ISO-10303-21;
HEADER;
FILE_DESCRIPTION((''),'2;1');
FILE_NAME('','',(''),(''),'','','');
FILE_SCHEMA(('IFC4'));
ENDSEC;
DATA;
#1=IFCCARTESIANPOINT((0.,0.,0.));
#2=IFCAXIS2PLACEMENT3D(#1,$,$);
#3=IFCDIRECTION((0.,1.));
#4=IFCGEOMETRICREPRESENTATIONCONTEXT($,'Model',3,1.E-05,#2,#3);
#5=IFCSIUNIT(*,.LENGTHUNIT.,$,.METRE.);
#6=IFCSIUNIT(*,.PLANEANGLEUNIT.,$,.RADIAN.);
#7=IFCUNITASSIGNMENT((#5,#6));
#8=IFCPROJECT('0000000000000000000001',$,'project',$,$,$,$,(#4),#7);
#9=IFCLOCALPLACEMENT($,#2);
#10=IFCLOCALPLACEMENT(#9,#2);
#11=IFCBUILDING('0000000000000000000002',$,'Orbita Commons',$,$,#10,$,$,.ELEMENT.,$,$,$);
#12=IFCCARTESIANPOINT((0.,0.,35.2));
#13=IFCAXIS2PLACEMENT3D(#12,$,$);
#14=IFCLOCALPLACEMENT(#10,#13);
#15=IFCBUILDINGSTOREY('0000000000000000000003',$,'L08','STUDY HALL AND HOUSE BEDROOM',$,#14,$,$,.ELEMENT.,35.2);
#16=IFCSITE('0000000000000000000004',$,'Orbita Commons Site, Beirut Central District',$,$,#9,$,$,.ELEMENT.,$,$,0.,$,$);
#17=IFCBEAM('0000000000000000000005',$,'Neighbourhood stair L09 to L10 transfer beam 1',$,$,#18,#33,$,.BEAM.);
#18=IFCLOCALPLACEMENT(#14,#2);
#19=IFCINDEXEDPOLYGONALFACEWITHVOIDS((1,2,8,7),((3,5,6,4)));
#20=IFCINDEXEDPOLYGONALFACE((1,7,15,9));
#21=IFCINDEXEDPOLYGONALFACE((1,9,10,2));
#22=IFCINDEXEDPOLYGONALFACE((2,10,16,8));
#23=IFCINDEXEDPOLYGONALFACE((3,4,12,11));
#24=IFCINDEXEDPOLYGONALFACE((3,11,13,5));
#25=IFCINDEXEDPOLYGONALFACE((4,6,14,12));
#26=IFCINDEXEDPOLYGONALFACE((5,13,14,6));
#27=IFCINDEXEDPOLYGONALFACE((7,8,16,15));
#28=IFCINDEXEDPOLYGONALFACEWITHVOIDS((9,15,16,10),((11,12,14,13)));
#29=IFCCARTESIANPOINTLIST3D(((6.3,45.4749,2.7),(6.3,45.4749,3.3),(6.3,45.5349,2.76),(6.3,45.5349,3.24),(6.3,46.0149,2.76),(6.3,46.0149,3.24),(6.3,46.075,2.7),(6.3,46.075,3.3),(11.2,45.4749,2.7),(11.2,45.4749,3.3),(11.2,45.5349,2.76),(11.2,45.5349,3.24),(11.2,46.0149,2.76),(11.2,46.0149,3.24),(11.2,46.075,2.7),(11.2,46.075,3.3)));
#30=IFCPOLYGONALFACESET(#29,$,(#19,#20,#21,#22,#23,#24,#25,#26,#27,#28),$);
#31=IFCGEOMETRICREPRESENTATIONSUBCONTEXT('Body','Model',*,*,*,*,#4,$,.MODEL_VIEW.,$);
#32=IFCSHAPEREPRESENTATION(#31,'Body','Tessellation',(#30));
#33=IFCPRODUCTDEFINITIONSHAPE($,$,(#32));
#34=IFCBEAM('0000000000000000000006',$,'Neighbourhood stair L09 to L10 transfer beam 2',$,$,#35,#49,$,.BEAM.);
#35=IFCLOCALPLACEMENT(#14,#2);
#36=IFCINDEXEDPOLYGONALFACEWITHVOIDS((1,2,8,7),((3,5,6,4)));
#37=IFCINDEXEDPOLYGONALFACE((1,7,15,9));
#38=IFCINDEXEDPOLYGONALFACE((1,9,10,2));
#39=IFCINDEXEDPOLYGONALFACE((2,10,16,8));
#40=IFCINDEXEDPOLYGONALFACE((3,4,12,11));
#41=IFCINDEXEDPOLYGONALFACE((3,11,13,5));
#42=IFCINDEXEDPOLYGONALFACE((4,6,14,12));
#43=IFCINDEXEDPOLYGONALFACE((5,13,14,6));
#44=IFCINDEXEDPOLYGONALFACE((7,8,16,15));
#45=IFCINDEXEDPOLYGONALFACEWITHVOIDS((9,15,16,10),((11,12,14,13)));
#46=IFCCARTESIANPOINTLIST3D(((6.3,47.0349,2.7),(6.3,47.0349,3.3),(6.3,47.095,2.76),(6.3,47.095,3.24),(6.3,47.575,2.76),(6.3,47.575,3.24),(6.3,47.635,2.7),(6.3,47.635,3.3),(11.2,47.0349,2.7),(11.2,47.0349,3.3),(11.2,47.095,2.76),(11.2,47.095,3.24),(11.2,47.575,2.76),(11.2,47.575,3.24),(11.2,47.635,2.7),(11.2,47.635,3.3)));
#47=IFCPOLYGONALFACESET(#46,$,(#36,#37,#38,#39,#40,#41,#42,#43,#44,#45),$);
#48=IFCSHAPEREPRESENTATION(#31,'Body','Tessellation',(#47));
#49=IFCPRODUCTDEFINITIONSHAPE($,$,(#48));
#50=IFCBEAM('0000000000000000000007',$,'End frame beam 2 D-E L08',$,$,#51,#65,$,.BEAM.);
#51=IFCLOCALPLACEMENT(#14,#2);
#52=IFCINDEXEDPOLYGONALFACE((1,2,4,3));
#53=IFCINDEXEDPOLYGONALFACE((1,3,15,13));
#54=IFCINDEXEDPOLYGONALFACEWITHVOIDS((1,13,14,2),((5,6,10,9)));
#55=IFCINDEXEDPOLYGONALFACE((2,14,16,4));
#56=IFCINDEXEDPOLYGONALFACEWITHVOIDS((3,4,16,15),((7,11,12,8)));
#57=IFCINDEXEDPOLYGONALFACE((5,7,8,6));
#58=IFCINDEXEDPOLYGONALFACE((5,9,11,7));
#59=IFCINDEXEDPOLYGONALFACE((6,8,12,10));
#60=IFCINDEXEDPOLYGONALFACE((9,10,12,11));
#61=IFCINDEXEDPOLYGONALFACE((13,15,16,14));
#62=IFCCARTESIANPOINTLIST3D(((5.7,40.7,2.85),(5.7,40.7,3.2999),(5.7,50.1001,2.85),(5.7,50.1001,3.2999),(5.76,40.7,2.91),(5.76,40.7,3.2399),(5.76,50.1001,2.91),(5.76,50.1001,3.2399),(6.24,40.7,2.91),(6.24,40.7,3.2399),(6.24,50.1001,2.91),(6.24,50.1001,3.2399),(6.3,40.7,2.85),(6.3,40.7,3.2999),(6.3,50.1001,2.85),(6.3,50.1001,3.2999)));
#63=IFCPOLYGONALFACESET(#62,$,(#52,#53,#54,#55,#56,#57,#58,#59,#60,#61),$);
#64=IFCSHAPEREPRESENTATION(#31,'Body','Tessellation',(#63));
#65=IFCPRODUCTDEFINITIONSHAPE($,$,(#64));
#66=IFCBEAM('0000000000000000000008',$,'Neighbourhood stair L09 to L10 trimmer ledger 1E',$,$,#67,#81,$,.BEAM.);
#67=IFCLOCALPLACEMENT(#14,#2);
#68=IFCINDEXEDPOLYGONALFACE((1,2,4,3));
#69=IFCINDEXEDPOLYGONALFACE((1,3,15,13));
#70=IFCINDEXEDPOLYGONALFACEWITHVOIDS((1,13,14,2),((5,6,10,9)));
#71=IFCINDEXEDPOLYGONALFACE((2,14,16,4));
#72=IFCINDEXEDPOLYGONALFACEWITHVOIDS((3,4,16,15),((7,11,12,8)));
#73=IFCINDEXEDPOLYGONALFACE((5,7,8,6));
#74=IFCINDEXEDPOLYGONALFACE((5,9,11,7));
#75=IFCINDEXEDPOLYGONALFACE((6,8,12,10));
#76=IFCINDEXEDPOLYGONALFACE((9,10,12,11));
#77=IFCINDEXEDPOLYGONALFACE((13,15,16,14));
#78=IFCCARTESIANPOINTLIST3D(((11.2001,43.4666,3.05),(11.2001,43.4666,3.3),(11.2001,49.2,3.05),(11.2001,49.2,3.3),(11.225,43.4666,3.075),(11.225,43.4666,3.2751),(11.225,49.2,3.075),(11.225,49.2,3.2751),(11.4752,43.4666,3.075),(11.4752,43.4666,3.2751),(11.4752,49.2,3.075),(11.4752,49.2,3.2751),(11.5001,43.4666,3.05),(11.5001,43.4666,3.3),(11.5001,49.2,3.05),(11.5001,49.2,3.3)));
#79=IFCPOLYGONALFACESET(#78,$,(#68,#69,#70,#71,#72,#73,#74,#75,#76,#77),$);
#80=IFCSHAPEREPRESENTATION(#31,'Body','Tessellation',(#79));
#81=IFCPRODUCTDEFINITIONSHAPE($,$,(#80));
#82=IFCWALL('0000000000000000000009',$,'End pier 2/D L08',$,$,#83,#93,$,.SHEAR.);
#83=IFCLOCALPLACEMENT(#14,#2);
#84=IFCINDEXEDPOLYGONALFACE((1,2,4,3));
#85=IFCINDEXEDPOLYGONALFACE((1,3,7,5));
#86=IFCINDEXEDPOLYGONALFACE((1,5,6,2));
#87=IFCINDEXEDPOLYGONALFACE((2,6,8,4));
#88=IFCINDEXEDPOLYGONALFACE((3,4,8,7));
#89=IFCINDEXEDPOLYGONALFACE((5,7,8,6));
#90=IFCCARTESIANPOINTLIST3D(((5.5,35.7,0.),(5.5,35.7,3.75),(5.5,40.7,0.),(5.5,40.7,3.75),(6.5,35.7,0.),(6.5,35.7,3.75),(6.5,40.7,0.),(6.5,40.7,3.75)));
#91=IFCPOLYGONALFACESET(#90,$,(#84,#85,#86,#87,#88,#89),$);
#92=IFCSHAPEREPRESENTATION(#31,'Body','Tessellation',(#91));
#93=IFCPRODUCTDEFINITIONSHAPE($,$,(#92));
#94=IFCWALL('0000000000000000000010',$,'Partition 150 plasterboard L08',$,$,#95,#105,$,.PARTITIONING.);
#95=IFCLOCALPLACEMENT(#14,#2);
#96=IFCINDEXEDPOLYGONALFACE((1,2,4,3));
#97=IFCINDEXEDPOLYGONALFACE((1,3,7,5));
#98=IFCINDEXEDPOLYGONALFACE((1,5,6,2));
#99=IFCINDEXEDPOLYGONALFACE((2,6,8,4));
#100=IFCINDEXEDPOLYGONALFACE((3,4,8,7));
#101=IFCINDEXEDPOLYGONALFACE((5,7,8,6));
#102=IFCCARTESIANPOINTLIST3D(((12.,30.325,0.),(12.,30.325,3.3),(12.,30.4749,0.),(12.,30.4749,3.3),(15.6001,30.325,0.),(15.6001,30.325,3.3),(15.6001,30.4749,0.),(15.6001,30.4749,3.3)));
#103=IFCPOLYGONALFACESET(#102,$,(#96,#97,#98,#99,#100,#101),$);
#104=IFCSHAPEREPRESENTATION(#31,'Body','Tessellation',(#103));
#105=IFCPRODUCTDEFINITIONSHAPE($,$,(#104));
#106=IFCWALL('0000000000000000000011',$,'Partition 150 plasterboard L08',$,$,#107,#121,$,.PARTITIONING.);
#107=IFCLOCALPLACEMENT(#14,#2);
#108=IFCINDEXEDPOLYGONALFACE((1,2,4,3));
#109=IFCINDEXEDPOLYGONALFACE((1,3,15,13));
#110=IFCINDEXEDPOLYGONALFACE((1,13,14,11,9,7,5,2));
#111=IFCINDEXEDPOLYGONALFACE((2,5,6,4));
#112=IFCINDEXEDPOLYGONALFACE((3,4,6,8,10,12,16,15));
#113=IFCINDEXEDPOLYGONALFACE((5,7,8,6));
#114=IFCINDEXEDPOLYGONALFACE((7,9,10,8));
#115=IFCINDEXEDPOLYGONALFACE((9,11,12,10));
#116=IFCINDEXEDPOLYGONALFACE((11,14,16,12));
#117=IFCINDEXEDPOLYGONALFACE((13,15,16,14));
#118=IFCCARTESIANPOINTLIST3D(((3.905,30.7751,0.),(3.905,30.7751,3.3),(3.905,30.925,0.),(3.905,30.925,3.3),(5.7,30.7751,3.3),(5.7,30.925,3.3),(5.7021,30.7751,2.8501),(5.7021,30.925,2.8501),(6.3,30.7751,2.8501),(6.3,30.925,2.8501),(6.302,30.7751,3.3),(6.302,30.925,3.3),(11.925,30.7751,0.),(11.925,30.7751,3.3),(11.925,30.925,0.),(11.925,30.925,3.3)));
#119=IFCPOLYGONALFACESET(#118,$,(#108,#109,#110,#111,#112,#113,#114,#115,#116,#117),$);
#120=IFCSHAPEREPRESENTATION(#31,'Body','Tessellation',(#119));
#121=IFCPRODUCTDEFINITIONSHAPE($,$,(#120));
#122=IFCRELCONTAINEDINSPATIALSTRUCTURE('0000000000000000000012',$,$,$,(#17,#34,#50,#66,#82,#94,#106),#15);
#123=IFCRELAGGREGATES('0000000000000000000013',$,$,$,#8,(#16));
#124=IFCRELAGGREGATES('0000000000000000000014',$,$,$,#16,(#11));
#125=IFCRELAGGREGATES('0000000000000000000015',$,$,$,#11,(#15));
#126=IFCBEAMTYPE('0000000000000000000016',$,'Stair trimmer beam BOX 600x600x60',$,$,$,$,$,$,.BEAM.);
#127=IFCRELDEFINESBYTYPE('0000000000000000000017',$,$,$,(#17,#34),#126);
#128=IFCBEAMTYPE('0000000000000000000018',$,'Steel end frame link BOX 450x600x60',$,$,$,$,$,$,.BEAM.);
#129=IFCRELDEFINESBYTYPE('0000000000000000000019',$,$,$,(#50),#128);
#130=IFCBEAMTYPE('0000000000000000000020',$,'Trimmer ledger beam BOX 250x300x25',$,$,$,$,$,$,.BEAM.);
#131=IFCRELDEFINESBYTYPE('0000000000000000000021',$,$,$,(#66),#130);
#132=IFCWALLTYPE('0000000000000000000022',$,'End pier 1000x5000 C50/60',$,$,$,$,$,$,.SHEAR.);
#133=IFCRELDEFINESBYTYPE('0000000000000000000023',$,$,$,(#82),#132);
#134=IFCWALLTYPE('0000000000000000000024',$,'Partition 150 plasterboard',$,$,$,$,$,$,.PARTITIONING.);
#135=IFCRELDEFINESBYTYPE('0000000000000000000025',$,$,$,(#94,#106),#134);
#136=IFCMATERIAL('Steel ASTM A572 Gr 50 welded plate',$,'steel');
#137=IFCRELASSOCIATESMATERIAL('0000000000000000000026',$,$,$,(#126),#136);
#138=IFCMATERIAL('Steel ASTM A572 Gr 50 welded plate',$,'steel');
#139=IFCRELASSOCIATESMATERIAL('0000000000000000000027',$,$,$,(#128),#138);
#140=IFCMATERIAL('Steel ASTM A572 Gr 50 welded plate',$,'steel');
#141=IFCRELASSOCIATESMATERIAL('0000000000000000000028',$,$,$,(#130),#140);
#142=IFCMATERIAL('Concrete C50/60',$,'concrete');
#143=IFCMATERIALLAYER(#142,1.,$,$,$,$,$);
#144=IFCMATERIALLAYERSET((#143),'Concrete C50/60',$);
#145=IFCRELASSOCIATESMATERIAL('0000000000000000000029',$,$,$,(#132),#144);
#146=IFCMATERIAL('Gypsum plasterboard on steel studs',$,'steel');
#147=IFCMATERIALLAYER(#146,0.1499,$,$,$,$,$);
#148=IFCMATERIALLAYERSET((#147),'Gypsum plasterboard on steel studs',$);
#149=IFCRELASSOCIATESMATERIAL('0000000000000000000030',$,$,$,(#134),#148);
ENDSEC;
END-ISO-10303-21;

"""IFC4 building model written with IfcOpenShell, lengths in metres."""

from ifc_helpers import new_model, si_unit, direction, frame, frame_2d, origin, origin_2d, place, context, subcontext, project, spatial, polyline, rectangle, hollow_rectangle, outline, extrude, material, layer, layer_set, material_profile, profile_set, type_object, element, save


model = new_model("IFC4")

# Units and contexts
model_context = context("Model", 3, precision=1e-05, world=origin(), true_north=direction((0.0, 1.0)))
body_context = subcontext(model_context, "Body", "Model", "MODEL_VIEW")
ifc_project = project(units=[si_unit("LENGTHUNIT", "METRE"), si_unit("PLANEANGLEUNIT", "RADIAN")], contexts=[model_context])

# Site, building, storey
site_placement = place(None, origin())
site = spatial("IfcSite", under=ifc_project, at=site_placement, Name="Orbita Commons Site, Beirut Central District", CompositionType="ELEMENT", RefElevation=0.0)
building_placement = place(site_placement, origin())
building = spatial("IfcBuilding", under=site, at=building_placement, Name="Orbita Commons", CompositionType="ELEMENT")
storey_placement = place(building_placement, frame((0.0, 0.0, 35.2)))
storey = spatial("IfcBuildingStorey", under=building, at=storey_placement, Name="L08", Description="STUDY HALL AND HOUSE BEDROOM", CompositionType="ELEMENT", Elevation=35.2)

# Beams
ifc_material_1 = material(Name="Steel ASTM A572 Gr 50 welded plate", Category="steel")
ifc_material_profile_1 = material_profile(ifc_material_1, hollow_rectangle(XDim=0.6001, YDim=0.6001, WallThickness=0.0601, at=origin_2d()), Name="BOX 600x600x60")
ifc_profile_set_1 = profile_set([ifc_material_profile_1], Name="Steel ASTM A572 Gr 50 welded plate")
beam_type_1 = type_object("IfcBeamType", Name="Stair trimmer beam BOX 600x600x60", PredefinedType="BEAM", material=ifc_profile_set_1)
for number, where, z_axis, x_axis, name in (
    (1, (6.3, 45.7749, 3.0), (1.0, 0.0, 0.0), (0.0, 1.0, 0.0), "Neighbourhood stair L09 to L10 transfer beam 1"),
    (2, (6.3, 47.335, 3.0), (1.0, 0.0, 0.0), (0.0, 1.0, 0.0), "Neighbourhood stair L09 to L10 transfer beam 2"),
):
    element("IfcBeam", number, at=place(storey_placement, frame(where, z_axis=z_axis, x_axis=x_axis)), inside=storey, type_object=beam_type_1, Name=name, PredefinedType="BEAM", context=body_context, shape_type="SweptSolid", body=[
        extrude(hollow_rectangle(XDim=0.6001, YDim=0.6001, WallThickness=0.0601, at=origin_2d()), origin(), (0.0, 0.0, 1.0), 4.8999),
    ])
ifc_material_2 = material(Name="Steel ASTM A572 Gr 50 welded plate", Category="steel")
ifc_material_profile_2 = material_profile(ifc_material_2, hollow_rectangle(XDim=0.6001, YDim=0.45, WallThickness=0.0601, at=origin_2d()), Name="BOX 450x600x60")
ifc_profile_set_2 = profile_set([ifc_material_profile_2], Name="Steel ASTM A572 Gr 50 welded plate")
beam_type_2 = type_object("IfcBeamType", Name="Steel end frame link BOX 450x600x60", PredefinedType="BEAM", material=ifc_profile_set_2)
beam_1_placement = place(storey_placement, frame((6.0, 40.7, 3.075), z_axis=(0.0, 1.0, 0.0), x_axis=(-1.0, 0.0, 0.0)))
element("IfcBeam", 3, at=beam_1_placement, inside=storey, type_object=beam_type_2, Name="End frame beam 2 D-E L08", PredefinedType="BEAM", context=body_context, shape_type="SweptSolid", body=[
    extrude(hollow_rectangle(XDim=0.6001, YDim=0.45, WallThickness=0.0601, at=origin_2d()), origin(), (0.0, 0.0, 1.0), 9.4001),
])
ifc_material_3 = material(Name="Steel ASTM A572 Gr 50 welded plate", Category="steel")
ifc_material_profile_3 = material_profile(ifc_material_3, hollow_rectangle(XDim=0.3, YDim=0.25, WallThickness=0.0249, at=origin_2d()), Name="BOX 250x300x25")
ifc_profile_set_3 = profile_set([ifc_material_profile_3], Name="Steel ASTM A572 Gr 50 welded plate")
beam_type_3 = type_object("IfcBeamType", Name="Trimmer ledger beam BOX 250x300x25", PredefinedType="BEAM", material=ifc_profile_set_3)
beam_2_placement = place(storey_placement, frame((11.3501, 43.4666, 3.175), z_axis=(0.0, 1.0, 0.0), x_axis=(-1.0, 0.0, 0.0)))
element("IfcBeam", 4, at=beam_2_placement, inside=storey, type_object=beam_type_3, Name="Neighbourhood stair L09 to L10 trimmer ledger 1E", PredefinedType="BEAM", context=body_context, shape_type="SweptSolid", body=[
    extrude(hollow_rectangle(XDim=0.3, YDim=0.25, WallThickness=0.0249, at=origin_2d()), origin(), (0.0, 0.0, 1.0), 5.7334),
])

# Walls
ifc_material_4 = material(Name="Concrete C50/60", Category="concrete")
ifc_layer_1 = layer(ifc_material_4, 1.0)
ifc_layer_set_1 = layer_set([ifc_layer_1], Name="Concrete C50/60")
wall_type_1 = type_object("IfcWallType", Name="End pier 1000x5000 C50/60", PredefinedType="SHEAR", material=ifc_layer_set_1)
wall_1_placement = place(storey_placement, frame((6.0, 35.7, 0.0), z_axis=(0.0, 0.0, 1.0), x_axis=(0.0, 1.0, 0.0)))
element("IfcWall", 5, at=wall_1_placement, inside=storey, type_object=wall_type_1, Name="End pier 2/D L08", PredefinedType="SHEAR", context=body_context, shape_type="SweptSolid", body=[
    extrude(rectangle(XDim=5.0, YDim=1.0, at=frame_2d((2.5, 0.0))), origin(), (0.0, 0.0, 1.0), 3.75),
])
ifc_material_5 = material(Name="Gypsum plasterboard on steel studs", Category="steel")
ifc_layer_2 = layer(ifc_material_5, 0.1499)
ifc_layer_set_2 = layer_set([ifc_layer_2], Name="Gypsum plasterboard on steel studs")
wall_type_2 = type_object("IfcWallType", Name="Partition 150 plasterboard", PredefinedType="PARTITIONING", material=ifc_layer_set_2)
wall_2_placement = place(storey_placement, frame((12.0, 30.3999, 0.0), z_axis=(0.0, 0.0, 1.0), x_axis=(1.0, 0.0, 0.0)))
element("IfcWall", 6, at=wall_2_placement, inside=storey, type_object=wall_type_2, Name="Partition 150 plasterboard L08", PredefinedType="PARTITIONING", context=body_context, shape_type="SweptSolid", body=[
    extrude(rectangle(XDim=3.6001, YDim=0.1499, at=frame_2d((1.8, 0.0))), origin(), (0.0, 0.0, 1.0), 3.3),
])
wall_3_placement = place(storey_placement, frame((3.905, 30.8501, 0.0), z_axis=(0.0, 0.0, 1.0), x_axis=(1.0, 0.0, 0.0)))
element("IfcWall", 7, at=wall_3_placement, inside=storey, type_object=wall_type_2, Name="Partition 150 plasterboard L08", PredefinedType="PARTITIONING", context=body_context, shape_type="SweptSolid", body=[
    extrude(outline(polyline([(0.0, 0.0), (8.02, 0.0), (8.02, 3.3), (2.397, 3.3), (2.395, 2.8501), (1.7971, 2.8501), (1.7949, 3.3), (0.0, 3.3), (0.0, 0.0)])), frame((0.0, 0.075, 0.0), z_axis=(0.0, -1.0, 0.0), x_axis=(1.0, 0.0, 0.0)), (0.0, 0.0, 1.0), 0.1499),
])

save(model, "model.ifc")
